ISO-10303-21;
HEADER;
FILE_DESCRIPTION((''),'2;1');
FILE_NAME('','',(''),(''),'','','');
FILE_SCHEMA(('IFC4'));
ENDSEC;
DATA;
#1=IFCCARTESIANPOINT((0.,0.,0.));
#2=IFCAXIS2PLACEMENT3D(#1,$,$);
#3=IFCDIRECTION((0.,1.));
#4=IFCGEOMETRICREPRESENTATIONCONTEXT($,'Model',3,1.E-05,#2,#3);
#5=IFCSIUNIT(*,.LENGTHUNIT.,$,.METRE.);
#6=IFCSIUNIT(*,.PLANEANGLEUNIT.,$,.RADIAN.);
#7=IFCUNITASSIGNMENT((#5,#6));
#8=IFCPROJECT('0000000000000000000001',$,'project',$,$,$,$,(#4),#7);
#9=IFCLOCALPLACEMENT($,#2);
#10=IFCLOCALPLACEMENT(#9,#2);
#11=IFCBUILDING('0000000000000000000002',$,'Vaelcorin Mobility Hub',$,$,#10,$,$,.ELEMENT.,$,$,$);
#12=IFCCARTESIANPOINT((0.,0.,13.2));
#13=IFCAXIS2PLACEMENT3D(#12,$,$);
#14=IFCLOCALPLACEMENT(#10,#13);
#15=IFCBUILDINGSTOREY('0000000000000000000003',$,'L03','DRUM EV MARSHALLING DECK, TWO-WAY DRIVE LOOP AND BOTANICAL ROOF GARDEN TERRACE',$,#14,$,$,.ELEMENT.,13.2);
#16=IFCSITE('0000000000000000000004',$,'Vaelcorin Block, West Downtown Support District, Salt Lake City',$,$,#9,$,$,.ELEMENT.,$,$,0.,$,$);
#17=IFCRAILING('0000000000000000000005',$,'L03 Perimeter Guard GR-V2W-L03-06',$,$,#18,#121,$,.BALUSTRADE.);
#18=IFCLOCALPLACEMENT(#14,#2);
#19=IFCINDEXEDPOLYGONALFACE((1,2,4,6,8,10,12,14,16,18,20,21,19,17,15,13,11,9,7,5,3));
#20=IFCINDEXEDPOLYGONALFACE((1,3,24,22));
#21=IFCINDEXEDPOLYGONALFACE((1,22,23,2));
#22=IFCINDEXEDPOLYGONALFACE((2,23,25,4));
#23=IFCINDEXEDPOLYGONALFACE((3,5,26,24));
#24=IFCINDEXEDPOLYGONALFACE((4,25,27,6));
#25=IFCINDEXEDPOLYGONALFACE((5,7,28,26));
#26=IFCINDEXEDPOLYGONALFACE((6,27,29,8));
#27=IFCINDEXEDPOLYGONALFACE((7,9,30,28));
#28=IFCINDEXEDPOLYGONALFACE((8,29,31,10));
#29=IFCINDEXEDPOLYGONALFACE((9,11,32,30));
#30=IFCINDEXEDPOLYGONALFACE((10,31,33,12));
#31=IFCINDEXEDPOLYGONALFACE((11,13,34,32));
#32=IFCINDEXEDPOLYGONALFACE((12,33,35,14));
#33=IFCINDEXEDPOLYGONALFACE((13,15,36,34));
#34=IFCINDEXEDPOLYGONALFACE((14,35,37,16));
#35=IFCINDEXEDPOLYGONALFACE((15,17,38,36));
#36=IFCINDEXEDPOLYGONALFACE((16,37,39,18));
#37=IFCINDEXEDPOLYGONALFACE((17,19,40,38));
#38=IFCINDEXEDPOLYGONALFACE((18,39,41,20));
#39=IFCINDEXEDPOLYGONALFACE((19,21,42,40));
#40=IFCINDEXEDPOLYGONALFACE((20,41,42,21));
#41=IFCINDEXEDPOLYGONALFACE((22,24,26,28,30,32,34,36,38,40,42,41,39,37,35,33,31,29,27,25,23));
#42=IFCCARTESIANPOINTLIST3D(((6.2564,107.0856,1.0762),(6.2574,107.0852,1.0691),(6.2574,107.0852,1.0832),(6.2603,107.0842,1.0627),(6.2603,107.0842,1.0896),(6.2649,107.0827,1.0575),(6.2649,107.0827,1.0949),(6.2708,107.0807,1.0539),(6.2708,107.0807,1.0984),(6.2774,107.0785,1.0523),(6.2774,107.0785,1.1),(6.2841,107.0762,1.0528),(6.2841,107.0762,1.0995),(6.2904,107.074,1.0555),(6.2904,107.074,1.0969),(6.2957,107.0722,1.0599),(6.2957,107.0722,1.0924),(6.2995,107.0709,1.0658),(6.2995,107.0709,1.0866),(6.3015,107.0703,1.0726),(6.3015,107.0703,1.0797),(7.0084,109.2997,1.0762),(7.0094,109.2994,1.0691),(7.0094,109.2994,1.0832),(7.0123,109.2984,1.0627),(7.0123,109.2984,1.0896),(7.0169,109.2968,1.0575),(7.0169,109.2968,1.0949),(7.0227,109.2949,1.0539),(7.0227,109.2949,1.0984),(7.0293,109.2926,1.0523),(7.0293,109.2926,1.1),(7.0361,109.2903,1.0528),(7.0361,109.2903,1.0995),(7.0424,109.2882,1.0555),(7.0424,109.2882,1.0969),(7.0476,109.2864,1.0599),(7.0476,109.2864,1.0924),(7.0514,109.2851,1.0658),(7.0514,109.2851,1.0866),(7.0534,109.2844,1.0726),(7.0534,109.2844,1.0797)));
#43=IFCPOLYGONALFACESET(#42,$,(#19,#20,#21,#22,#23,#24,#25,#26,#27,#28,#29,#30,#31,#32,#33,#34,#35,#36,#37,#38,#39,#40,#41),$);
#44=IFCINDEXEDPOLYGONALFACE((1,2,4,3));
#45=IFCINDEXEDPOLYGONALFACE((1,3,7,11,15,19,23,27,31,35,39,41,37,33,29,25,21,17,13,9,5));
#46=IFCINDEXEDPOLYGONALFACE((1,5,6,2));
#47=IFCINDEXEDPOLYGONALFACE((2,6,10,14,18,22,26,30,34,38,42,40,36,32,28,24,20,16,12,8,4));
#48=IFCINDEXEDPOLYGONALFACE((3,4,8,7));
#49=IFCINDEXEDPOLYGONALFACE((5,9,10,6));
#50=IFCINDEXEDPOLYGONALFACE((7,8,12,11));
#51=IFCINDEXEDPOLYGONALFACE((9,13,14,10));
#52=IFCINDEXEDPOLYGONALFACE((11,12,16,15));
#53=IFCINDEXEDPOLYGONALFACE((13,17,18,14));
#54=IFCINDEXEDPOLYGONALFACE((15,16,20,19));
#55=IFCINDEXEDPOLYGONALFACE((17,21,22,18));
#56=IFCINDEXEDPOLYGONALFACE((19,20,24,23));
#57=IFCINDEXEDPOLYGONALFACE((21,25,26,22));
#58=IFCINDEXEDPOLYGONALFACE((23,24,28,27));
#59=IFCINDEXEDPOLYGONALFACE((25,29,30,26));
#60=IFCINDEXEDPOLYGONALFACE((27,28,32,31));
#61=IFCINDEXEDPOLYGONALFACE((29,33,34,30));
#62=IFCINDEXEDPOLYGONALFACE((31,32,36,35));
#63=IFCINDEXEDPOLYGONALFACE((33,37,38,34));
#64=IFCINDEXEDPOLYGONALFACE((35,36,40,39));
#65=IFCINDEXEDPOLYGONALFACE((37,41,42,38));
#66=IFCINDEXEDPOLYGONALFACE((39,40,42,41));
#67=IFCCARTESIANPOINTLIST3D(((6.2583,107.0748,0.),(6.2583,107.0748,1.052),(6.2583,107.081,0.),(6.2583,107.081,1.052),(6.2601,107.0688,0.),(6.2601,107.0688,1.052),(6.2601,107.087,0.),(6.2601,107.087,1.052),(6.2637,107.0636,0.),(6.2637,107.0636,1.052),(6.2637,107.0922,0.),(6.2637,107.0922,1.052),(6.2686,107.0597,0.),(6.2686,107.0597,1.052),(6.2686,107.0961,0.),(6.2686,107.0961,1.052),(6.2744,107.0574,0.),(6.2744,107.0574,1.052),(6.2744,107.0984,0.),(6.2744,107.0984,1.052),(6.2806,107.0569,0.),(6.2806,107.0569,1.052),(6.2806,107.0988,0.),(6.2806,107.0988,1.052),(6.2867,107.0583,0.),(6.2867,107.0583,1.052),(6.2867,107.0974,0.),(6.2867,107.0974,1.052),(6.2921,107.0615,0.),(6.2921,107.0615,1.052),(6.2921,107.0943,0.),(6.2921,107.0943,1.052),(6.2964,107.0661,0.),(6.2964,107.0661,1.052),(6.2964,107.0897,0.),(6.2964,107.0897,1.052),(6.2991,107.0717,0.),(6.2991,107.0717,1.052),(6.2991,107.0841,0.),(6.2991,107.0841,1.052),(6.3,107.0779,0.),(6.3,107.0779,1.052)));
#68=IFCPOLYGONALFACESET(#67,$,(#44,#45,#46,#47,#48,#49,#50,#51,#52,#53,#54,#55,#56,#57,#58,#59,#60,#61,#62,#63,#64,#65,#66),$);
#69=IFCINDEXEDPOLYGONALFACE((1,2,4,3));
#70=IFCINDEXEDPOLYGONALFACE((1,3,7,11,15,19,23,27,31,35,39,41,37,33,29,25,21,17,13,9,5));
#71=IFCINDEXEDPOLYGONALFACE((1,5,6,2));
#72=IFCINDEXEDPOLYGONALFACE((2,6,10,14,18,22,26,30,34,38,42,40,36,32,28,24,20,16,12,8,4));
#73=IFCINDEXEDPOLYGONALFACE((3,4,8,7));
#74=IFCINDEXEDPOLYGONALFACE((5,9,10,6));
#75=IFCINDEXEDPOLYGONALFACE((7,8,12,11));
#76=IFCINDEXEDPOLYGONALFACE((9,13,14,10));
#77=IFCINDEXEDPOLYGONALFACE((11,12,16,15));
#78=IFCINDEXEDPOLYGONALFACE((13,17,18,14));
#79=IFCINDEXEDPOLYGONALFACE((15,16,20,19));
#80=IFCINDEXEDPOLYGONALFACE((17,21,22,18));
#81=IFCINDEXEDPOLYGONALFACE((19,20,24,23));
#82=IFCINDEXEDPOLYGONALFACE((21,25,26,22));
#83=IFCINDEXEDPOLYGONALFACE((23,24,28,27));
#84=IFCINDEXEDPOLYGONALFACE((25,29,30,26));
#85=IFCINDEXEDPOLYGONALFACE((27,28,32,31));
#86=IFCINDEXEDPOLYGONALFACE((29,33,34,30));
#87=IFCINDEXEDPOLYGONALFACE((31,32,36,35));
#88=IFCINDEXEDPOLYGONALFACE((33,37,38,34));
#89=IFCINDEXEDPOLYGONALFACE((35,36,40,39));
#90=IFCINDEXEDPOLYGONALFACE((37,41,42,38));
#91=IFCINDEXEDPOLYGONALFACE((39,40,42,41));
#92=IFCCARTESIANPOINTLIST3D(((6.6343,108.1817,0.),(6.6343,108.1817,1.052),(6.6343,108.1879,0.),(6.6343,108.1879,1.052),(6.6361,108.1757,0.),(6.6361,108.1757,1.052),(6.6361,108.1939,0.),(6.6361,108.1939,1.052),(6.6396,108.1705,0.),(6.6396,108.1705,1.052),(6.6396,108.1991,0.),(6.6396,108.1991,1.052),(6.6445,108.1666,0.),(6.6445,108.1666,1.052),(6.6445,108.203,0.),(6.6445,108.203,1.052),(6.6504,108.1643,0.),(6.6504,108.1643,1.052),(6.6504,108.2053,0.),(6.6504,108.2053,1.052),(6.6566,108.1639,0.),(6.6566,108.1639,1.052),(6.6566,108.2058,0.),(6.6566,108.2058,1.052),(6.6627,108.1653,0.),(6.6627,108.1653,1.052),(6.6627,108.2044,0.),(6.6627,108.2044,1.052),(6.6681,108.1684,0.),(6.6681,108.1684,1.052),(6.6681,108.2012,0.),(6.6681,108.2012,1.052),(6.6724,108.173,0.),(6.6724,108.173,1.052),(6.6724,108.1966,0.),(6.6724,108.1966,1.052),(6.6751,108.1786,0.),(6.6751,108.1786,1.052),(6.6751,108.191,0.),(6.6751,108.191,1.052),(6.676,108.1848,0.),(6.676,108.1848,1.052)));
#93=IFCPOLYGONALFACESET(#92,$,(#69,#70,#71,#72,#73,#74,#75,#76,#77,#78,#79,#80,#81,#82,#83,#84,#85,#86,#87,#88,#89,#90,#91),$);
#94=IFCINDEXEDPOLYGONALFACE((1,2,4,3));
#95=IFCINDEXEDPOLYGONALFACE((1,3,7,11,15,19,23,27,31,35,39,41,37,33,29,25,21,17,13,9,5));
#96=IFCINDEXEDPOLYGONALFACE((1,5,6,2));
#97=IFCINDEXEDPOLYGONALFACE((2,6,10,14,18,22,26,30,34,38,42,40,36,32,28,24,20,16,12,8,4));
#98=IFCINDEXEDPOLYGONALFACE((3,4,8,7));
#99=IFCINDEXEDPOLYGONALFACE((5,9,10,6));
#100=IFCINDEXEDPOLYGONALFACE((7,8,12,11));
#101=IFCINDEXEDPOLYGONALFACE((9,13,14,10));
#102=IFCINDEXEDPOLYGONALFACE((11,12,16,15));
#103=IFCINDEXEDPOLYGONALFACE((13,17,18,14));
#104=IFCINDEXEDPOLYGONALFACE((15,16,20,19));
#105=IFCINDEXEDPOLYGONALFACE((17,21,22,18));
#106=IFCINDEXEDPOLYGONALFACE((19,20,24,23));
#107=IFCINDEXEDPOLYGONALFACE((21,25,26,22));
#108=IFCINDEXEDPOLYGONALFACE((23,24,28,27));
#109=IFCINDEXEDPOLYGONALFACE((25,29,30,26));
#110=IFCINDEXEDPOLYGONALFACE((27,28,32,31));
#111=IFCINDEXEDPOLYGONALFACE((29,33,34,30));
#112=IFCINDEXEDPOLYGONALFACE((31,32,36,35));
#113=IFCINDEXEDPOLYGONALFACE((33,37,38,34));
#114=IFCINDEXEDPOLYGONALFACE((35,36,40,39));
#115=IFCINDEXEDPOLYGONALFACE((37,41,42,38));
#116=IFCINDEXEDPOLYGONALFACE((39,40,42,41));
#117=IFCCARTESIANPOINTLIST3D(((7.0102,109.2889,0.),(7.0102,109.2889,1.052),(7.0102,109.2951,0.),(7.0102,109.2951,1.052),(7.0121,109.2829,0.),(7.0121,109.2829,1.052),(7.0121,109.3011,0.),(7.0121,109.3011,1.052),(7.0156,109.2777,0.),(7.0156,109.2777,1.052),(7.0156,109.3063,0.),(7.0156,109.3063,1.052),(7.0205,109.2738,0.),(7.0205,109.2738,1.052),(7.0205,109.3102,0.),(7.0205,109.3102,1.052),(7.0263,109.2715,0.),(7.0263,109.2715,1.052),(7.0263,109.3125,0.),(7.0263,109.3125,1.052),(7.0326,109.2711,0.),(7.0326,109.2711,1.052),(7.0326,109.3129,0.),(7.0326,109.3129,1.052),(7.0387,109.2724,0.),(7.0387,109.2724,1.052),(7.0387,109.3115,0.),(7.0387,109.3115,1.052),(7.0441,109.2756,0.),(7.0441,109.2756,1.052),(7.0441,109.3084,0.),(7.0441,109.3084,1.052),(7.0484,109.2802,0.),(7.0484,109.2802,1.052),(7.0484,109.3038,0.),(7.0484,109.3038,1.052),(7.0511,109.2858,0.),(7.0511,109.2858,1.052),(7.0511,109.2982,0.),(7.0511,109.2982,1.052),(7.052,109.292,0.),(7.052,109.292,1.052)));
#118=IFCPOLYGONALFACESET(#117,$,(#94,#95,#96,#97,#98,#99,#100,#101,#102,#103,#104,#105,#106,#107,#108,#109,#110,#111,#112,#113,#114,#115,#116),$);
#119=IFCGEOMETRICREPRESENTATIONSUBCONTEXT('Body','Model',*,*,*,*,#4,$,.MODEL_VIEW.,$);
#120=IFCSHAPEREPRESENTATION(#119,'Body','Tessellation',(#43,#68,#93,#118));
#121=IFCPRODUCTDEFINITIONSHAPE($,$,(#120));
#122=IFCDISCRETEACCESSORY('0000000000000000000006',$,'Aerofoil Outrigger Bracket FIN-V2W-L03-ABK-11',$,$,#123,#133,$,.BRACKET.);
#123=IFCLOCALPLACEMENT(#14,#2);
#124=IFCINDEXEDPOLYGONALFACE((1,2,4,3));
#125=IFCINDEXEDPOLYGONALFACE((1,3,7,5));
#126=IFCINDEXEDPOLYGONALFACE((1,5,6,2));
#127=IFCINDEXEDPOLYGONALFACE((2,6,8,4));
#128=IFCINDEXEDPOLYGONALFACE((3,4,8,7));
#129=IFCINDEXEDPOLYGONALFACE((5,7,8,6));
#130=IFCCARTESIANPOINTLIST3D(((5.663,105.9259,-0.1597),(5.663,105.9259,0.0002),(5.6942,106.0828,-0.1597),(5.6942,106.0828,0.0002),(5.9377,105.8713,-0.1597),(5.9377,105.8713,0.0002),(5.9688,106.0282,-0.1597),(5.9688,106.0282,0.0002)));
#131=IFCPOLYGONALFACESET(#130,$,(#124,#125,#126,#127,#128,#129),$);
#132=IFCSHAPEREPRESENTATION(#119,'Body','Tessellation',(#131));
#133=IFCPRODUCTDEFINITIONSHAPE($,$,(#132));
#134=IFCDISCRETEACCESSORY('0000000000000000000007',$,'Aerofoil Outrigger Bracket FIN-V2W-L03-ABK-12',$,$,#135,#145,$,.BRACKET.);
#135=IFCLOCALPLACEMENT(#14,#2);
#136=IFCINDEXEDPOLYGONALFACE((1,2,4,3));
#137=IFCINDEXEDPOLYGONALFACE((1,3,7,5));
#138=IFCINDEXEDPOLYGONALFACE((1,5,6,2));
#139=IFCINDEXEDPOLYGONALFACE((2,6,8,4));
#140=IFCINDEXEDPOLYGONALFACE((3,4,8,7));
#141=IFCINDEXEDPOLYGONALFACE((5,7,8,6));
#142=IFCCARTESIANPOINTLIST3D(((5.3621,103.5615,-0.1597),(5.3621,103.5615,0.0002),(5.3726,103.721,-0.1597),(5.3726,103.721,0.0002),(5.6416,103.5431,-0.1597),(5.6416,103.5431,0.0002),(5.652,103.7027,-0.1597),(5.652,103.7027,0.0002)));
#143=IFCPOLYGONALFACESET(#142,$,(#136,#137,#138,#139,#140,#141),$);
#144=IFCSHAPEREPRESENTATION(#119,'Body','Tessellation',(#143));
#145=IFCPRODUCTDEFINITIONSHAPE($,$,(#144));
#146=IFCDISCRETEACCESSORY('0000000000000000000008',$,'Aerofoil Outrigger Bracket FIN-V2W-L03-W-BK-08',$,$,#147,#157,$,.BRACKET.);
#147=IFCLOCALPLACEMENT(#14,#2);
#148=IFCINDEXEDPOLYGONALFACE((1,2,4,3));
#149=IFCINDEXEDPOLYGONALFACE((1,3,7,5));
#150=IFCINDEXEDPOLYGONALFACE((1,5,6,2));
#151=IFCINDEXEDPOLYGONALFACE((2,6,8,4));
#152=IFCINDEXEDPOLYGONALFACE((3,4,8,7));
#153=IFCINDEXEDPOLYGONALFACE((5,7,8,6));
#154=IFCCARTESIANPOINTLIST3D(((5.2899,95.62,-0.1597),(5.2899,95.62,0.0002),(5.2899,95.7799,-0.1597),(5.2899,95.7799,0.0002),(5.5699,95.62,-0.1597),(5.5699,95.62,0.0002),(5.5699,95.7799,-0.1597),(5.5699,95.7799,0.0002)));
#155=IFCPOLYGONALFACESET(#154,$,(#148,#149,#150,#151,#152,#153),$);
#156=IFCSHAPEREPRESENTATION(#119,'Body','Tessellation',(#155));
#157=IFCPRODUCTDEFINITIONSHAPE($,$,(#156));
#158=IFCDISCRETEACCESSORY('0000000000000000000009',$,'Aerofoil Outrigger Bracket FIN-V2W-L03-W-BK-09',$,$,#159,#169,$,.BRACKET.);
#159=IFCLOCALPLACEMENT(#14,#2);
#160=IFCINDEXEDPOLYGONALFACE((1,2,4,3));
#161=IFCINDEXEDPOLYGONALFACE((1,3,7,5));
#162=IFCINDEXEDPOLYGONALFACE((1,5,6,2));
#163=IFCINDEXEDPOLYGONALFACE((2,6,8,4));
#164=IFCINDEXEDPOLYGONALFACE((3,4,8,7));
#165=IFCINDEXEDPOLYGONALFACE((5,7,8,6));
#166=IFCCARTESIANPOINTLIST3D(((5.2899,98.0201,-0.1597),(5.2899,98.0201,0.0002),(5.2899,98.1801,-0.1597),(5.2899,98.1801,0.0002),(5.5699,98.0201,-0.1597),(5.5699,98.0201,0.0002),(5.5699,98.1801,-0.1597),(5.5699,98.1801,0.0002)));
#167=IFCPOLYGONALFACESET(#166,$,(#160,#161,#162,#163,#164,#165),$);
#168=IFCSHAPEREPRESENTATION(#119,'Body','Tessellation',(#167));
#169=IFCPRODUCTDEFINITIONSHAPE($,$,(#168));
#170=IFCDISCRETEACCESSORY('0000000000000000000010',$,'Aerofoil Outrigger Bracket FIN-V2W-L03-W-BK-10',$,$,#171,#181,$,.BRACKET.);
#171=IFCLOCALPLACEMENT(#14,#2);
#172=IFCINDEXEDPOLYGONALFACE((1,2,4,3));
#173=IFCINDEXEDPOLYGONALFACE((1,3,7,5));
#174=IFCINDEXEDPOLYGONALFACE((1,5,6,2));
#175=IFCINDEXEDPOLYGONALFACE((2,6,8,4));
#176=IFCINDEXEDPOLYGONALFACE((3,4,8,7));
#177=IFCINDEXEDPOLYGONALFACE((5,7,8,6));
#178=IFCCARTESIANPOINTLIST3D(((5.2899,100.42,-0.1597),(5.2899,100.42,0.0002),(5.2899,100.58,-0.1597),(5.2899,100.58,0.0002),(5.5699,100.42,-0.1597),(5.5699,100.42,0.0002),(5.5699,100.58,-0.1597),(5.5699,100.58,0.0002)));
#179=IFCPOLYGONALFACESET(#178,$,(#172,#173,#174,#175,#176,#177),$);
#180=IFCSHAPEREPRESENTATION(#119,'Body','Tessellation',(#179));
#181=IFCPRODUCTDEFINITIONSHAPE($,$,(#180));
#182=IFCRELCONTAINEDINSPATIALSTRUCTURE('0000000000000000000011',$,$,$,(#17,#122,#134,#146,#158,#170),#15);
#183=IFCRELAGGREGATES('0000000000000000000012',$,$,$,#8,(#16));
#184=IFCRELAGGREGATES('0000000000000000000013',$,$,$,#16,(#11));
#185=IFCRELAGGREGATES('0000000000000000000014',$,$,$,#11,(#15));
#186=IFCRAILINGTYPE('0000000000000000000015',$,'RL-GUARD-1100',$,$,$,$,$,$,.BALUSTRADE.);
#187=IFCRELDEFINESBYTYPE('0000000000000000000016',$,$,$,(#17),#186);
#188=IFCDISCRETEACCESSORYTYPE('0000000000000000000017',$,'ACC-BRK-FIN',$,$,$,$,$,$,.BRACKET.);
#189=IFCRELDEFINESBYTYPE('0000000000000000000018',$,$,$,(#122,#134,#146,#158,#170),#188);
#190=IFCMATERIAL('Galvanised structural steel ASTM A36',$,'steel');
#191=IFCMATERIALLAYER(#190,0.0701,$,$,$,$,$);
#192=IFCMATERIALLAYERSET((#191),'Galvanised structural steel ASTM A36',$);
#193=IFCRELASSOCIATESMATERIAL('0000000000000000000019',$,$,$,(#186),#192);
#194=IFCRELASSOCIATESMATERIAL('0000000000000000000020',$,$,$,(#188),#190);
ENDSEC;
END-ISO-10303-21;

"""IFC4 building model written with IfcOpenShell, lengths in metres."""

from ifc_helpers import new_model, si_unit, direction, frame, origin, origin_2d, place, context, subcontext, project, spatial, rectangle, circle, extrude, material, layer, layer_set, type_object, element, save


model = new_model("IFC4")

# Units and contexts
model_context = context("Model", 3, precision=1e-05, world=origin(), true_north=direction((0.0, 1.0)))
body_context = subcontext(model_context, "Body", "Model", "MODEL_VIEW")
ifc_project = project(units=[si_unit("LENGTHUNIT", "METRE"), si_unit("PLANEANGLEUNIT", "RADIAN")], contexts=[model_context])

# Site, building, storey
site_placement = place(None, origin())
site = spatial("IfcSite", under=ifc_project, at=site_placement, Name="Vaelcorin Block, West Downtown Support District, Salt Lake City", CompositionType="ELEMENT", RefElevation=0.0)
building_placement = place(site_placement, origin())
building = spatial("IfcBuilding", under=site, at=building_placement, Name="Vaelcorin Mobility Hub", CompositionType="ELEMENT")
storey_placement = place(building_placement, frame((0.0, 0.0, 13.2)))
storey = spatial("IfcBuildingStorey", under=building, at=storey_placement, Name="L03", Description="DRUM EV MARSHALLING DECK, TWO-WAY DRIVE LOOP AND BOTANICAL ROOF GARDEN TERRACE", CompositionType="ELEMENT", Elevation=13.2)

# Railing
ifc_material_1 = material(Name="Galvanised structural steel ASTM A36", Category="steel")
ifc_layer_1 = layer(ifc_material_1, 0.0701)
ifc_layer_set_1 = layer_set([ifc_layer_1], Name="Galvanised structural steel ASTM A36")
railing_type = type_object("IfcRailingType", Name="RL-GUARD-1100", PredefinedType="BALUSTRADE", material=ifc_layer_set_1)
railing_1_placement = place(storey_placement, frame((6.2791, 107.0779, 0.0)))
element("IfcRailing", 1, at=railing_1_placement, inside=storey, type_object=railing_type, Name="L03 Perimeter Guard GR-V2W-L03-06", PredefinedType="BALUSTRADE", context=body_context, shape_type="SweptSolid", body=[
    extrude(circle(Radius=0.0239, at=origin_2d()), frame((0.0, 0.0, 1.0762), z_axis=(0.321579, 0.946883, 0.0), x_axis=(-0.946883, 0.321579, 0.0)), (0.0, 0.0, 1.0), 2.3384),
    extrude(circle(Radius=0.021, at=origin_2d()), origin(), (0.0, 0.0, 1.0), 1.052),
    extrude(circle(Radius=0.021, at=origin_2d()), frame((0.376, 1.1069, 0.0)), (0.0, 0.0, 1.0), 1.052),
    extrude(circle(Radius=0.021, at=origin_2d()), frame((0.752, 2.2141, 0.0)), (0.0, 0.0, 1.0), 1.052),
])

# Discrete accessories
discrete_accessory_type = type_object("IfcDiscreteAccessoryType", Name="ACC-BRK-FIN", PredefinedType="BRACKET", material=ifc_material_1)
for number, where, z_axis, x_axis, name in (
    (2, (5.8159, 105.9771, -0.1597), (0.0, 0.0, 1.0), (-0.980826, 0.194885, 0.0), "Aerofoil Outrigger Bracket FIN-V2W-L03-ABK-11"),
    (3, (5.5071, 103.6321, -0.1597), (0.0, 0.0, 1.0), (-0.997858, 0.065421, 0.0), "Aerofoil Outrigger Bracket FIN-V2W-L03-ABK-12"),
    (4, (5.4299, 95.7, -0.1597), (0.0, 0.0, 1.0), (-1.0, 0.0, 0.0), "Aerofoil Outrigger Bracket FIN-V2W-L03-W-BK-08"),
    (5, (5.4299, 98.1001, -0.1597), (0.0, 0.0, 1.0), (-1.0, 0.0, 0.0), "Aerofoil Outrigger Bracket FIN-V2W-L03-W-BK-09"),
    (6, (5.4299, 100.5, -0.1597), (0.0, 0.0, 1.0), (-1.0, 0.0, 0.0), "Aerofoil Outrigger Bracket FIN-V2W-L03-W-BK-10"),
):
    element("IfcDiscreteAccessory", number, at=place(storey_placement, frame(where, z_axis=z_axis, x_axis=x_axis)), inside=storey, type_object=discrete_accessory_type, Name=name, PredefinedType="BRACKET", context=body_context, shape_type="SweptSolid", body=[
        extrude(rectangle(XDim=0.28, YDim=0.1599, at=origin_2d()), origin(), (0.0, 0.0, 1.0), 0.1599),
    ])

save(model, "model.ifc")
